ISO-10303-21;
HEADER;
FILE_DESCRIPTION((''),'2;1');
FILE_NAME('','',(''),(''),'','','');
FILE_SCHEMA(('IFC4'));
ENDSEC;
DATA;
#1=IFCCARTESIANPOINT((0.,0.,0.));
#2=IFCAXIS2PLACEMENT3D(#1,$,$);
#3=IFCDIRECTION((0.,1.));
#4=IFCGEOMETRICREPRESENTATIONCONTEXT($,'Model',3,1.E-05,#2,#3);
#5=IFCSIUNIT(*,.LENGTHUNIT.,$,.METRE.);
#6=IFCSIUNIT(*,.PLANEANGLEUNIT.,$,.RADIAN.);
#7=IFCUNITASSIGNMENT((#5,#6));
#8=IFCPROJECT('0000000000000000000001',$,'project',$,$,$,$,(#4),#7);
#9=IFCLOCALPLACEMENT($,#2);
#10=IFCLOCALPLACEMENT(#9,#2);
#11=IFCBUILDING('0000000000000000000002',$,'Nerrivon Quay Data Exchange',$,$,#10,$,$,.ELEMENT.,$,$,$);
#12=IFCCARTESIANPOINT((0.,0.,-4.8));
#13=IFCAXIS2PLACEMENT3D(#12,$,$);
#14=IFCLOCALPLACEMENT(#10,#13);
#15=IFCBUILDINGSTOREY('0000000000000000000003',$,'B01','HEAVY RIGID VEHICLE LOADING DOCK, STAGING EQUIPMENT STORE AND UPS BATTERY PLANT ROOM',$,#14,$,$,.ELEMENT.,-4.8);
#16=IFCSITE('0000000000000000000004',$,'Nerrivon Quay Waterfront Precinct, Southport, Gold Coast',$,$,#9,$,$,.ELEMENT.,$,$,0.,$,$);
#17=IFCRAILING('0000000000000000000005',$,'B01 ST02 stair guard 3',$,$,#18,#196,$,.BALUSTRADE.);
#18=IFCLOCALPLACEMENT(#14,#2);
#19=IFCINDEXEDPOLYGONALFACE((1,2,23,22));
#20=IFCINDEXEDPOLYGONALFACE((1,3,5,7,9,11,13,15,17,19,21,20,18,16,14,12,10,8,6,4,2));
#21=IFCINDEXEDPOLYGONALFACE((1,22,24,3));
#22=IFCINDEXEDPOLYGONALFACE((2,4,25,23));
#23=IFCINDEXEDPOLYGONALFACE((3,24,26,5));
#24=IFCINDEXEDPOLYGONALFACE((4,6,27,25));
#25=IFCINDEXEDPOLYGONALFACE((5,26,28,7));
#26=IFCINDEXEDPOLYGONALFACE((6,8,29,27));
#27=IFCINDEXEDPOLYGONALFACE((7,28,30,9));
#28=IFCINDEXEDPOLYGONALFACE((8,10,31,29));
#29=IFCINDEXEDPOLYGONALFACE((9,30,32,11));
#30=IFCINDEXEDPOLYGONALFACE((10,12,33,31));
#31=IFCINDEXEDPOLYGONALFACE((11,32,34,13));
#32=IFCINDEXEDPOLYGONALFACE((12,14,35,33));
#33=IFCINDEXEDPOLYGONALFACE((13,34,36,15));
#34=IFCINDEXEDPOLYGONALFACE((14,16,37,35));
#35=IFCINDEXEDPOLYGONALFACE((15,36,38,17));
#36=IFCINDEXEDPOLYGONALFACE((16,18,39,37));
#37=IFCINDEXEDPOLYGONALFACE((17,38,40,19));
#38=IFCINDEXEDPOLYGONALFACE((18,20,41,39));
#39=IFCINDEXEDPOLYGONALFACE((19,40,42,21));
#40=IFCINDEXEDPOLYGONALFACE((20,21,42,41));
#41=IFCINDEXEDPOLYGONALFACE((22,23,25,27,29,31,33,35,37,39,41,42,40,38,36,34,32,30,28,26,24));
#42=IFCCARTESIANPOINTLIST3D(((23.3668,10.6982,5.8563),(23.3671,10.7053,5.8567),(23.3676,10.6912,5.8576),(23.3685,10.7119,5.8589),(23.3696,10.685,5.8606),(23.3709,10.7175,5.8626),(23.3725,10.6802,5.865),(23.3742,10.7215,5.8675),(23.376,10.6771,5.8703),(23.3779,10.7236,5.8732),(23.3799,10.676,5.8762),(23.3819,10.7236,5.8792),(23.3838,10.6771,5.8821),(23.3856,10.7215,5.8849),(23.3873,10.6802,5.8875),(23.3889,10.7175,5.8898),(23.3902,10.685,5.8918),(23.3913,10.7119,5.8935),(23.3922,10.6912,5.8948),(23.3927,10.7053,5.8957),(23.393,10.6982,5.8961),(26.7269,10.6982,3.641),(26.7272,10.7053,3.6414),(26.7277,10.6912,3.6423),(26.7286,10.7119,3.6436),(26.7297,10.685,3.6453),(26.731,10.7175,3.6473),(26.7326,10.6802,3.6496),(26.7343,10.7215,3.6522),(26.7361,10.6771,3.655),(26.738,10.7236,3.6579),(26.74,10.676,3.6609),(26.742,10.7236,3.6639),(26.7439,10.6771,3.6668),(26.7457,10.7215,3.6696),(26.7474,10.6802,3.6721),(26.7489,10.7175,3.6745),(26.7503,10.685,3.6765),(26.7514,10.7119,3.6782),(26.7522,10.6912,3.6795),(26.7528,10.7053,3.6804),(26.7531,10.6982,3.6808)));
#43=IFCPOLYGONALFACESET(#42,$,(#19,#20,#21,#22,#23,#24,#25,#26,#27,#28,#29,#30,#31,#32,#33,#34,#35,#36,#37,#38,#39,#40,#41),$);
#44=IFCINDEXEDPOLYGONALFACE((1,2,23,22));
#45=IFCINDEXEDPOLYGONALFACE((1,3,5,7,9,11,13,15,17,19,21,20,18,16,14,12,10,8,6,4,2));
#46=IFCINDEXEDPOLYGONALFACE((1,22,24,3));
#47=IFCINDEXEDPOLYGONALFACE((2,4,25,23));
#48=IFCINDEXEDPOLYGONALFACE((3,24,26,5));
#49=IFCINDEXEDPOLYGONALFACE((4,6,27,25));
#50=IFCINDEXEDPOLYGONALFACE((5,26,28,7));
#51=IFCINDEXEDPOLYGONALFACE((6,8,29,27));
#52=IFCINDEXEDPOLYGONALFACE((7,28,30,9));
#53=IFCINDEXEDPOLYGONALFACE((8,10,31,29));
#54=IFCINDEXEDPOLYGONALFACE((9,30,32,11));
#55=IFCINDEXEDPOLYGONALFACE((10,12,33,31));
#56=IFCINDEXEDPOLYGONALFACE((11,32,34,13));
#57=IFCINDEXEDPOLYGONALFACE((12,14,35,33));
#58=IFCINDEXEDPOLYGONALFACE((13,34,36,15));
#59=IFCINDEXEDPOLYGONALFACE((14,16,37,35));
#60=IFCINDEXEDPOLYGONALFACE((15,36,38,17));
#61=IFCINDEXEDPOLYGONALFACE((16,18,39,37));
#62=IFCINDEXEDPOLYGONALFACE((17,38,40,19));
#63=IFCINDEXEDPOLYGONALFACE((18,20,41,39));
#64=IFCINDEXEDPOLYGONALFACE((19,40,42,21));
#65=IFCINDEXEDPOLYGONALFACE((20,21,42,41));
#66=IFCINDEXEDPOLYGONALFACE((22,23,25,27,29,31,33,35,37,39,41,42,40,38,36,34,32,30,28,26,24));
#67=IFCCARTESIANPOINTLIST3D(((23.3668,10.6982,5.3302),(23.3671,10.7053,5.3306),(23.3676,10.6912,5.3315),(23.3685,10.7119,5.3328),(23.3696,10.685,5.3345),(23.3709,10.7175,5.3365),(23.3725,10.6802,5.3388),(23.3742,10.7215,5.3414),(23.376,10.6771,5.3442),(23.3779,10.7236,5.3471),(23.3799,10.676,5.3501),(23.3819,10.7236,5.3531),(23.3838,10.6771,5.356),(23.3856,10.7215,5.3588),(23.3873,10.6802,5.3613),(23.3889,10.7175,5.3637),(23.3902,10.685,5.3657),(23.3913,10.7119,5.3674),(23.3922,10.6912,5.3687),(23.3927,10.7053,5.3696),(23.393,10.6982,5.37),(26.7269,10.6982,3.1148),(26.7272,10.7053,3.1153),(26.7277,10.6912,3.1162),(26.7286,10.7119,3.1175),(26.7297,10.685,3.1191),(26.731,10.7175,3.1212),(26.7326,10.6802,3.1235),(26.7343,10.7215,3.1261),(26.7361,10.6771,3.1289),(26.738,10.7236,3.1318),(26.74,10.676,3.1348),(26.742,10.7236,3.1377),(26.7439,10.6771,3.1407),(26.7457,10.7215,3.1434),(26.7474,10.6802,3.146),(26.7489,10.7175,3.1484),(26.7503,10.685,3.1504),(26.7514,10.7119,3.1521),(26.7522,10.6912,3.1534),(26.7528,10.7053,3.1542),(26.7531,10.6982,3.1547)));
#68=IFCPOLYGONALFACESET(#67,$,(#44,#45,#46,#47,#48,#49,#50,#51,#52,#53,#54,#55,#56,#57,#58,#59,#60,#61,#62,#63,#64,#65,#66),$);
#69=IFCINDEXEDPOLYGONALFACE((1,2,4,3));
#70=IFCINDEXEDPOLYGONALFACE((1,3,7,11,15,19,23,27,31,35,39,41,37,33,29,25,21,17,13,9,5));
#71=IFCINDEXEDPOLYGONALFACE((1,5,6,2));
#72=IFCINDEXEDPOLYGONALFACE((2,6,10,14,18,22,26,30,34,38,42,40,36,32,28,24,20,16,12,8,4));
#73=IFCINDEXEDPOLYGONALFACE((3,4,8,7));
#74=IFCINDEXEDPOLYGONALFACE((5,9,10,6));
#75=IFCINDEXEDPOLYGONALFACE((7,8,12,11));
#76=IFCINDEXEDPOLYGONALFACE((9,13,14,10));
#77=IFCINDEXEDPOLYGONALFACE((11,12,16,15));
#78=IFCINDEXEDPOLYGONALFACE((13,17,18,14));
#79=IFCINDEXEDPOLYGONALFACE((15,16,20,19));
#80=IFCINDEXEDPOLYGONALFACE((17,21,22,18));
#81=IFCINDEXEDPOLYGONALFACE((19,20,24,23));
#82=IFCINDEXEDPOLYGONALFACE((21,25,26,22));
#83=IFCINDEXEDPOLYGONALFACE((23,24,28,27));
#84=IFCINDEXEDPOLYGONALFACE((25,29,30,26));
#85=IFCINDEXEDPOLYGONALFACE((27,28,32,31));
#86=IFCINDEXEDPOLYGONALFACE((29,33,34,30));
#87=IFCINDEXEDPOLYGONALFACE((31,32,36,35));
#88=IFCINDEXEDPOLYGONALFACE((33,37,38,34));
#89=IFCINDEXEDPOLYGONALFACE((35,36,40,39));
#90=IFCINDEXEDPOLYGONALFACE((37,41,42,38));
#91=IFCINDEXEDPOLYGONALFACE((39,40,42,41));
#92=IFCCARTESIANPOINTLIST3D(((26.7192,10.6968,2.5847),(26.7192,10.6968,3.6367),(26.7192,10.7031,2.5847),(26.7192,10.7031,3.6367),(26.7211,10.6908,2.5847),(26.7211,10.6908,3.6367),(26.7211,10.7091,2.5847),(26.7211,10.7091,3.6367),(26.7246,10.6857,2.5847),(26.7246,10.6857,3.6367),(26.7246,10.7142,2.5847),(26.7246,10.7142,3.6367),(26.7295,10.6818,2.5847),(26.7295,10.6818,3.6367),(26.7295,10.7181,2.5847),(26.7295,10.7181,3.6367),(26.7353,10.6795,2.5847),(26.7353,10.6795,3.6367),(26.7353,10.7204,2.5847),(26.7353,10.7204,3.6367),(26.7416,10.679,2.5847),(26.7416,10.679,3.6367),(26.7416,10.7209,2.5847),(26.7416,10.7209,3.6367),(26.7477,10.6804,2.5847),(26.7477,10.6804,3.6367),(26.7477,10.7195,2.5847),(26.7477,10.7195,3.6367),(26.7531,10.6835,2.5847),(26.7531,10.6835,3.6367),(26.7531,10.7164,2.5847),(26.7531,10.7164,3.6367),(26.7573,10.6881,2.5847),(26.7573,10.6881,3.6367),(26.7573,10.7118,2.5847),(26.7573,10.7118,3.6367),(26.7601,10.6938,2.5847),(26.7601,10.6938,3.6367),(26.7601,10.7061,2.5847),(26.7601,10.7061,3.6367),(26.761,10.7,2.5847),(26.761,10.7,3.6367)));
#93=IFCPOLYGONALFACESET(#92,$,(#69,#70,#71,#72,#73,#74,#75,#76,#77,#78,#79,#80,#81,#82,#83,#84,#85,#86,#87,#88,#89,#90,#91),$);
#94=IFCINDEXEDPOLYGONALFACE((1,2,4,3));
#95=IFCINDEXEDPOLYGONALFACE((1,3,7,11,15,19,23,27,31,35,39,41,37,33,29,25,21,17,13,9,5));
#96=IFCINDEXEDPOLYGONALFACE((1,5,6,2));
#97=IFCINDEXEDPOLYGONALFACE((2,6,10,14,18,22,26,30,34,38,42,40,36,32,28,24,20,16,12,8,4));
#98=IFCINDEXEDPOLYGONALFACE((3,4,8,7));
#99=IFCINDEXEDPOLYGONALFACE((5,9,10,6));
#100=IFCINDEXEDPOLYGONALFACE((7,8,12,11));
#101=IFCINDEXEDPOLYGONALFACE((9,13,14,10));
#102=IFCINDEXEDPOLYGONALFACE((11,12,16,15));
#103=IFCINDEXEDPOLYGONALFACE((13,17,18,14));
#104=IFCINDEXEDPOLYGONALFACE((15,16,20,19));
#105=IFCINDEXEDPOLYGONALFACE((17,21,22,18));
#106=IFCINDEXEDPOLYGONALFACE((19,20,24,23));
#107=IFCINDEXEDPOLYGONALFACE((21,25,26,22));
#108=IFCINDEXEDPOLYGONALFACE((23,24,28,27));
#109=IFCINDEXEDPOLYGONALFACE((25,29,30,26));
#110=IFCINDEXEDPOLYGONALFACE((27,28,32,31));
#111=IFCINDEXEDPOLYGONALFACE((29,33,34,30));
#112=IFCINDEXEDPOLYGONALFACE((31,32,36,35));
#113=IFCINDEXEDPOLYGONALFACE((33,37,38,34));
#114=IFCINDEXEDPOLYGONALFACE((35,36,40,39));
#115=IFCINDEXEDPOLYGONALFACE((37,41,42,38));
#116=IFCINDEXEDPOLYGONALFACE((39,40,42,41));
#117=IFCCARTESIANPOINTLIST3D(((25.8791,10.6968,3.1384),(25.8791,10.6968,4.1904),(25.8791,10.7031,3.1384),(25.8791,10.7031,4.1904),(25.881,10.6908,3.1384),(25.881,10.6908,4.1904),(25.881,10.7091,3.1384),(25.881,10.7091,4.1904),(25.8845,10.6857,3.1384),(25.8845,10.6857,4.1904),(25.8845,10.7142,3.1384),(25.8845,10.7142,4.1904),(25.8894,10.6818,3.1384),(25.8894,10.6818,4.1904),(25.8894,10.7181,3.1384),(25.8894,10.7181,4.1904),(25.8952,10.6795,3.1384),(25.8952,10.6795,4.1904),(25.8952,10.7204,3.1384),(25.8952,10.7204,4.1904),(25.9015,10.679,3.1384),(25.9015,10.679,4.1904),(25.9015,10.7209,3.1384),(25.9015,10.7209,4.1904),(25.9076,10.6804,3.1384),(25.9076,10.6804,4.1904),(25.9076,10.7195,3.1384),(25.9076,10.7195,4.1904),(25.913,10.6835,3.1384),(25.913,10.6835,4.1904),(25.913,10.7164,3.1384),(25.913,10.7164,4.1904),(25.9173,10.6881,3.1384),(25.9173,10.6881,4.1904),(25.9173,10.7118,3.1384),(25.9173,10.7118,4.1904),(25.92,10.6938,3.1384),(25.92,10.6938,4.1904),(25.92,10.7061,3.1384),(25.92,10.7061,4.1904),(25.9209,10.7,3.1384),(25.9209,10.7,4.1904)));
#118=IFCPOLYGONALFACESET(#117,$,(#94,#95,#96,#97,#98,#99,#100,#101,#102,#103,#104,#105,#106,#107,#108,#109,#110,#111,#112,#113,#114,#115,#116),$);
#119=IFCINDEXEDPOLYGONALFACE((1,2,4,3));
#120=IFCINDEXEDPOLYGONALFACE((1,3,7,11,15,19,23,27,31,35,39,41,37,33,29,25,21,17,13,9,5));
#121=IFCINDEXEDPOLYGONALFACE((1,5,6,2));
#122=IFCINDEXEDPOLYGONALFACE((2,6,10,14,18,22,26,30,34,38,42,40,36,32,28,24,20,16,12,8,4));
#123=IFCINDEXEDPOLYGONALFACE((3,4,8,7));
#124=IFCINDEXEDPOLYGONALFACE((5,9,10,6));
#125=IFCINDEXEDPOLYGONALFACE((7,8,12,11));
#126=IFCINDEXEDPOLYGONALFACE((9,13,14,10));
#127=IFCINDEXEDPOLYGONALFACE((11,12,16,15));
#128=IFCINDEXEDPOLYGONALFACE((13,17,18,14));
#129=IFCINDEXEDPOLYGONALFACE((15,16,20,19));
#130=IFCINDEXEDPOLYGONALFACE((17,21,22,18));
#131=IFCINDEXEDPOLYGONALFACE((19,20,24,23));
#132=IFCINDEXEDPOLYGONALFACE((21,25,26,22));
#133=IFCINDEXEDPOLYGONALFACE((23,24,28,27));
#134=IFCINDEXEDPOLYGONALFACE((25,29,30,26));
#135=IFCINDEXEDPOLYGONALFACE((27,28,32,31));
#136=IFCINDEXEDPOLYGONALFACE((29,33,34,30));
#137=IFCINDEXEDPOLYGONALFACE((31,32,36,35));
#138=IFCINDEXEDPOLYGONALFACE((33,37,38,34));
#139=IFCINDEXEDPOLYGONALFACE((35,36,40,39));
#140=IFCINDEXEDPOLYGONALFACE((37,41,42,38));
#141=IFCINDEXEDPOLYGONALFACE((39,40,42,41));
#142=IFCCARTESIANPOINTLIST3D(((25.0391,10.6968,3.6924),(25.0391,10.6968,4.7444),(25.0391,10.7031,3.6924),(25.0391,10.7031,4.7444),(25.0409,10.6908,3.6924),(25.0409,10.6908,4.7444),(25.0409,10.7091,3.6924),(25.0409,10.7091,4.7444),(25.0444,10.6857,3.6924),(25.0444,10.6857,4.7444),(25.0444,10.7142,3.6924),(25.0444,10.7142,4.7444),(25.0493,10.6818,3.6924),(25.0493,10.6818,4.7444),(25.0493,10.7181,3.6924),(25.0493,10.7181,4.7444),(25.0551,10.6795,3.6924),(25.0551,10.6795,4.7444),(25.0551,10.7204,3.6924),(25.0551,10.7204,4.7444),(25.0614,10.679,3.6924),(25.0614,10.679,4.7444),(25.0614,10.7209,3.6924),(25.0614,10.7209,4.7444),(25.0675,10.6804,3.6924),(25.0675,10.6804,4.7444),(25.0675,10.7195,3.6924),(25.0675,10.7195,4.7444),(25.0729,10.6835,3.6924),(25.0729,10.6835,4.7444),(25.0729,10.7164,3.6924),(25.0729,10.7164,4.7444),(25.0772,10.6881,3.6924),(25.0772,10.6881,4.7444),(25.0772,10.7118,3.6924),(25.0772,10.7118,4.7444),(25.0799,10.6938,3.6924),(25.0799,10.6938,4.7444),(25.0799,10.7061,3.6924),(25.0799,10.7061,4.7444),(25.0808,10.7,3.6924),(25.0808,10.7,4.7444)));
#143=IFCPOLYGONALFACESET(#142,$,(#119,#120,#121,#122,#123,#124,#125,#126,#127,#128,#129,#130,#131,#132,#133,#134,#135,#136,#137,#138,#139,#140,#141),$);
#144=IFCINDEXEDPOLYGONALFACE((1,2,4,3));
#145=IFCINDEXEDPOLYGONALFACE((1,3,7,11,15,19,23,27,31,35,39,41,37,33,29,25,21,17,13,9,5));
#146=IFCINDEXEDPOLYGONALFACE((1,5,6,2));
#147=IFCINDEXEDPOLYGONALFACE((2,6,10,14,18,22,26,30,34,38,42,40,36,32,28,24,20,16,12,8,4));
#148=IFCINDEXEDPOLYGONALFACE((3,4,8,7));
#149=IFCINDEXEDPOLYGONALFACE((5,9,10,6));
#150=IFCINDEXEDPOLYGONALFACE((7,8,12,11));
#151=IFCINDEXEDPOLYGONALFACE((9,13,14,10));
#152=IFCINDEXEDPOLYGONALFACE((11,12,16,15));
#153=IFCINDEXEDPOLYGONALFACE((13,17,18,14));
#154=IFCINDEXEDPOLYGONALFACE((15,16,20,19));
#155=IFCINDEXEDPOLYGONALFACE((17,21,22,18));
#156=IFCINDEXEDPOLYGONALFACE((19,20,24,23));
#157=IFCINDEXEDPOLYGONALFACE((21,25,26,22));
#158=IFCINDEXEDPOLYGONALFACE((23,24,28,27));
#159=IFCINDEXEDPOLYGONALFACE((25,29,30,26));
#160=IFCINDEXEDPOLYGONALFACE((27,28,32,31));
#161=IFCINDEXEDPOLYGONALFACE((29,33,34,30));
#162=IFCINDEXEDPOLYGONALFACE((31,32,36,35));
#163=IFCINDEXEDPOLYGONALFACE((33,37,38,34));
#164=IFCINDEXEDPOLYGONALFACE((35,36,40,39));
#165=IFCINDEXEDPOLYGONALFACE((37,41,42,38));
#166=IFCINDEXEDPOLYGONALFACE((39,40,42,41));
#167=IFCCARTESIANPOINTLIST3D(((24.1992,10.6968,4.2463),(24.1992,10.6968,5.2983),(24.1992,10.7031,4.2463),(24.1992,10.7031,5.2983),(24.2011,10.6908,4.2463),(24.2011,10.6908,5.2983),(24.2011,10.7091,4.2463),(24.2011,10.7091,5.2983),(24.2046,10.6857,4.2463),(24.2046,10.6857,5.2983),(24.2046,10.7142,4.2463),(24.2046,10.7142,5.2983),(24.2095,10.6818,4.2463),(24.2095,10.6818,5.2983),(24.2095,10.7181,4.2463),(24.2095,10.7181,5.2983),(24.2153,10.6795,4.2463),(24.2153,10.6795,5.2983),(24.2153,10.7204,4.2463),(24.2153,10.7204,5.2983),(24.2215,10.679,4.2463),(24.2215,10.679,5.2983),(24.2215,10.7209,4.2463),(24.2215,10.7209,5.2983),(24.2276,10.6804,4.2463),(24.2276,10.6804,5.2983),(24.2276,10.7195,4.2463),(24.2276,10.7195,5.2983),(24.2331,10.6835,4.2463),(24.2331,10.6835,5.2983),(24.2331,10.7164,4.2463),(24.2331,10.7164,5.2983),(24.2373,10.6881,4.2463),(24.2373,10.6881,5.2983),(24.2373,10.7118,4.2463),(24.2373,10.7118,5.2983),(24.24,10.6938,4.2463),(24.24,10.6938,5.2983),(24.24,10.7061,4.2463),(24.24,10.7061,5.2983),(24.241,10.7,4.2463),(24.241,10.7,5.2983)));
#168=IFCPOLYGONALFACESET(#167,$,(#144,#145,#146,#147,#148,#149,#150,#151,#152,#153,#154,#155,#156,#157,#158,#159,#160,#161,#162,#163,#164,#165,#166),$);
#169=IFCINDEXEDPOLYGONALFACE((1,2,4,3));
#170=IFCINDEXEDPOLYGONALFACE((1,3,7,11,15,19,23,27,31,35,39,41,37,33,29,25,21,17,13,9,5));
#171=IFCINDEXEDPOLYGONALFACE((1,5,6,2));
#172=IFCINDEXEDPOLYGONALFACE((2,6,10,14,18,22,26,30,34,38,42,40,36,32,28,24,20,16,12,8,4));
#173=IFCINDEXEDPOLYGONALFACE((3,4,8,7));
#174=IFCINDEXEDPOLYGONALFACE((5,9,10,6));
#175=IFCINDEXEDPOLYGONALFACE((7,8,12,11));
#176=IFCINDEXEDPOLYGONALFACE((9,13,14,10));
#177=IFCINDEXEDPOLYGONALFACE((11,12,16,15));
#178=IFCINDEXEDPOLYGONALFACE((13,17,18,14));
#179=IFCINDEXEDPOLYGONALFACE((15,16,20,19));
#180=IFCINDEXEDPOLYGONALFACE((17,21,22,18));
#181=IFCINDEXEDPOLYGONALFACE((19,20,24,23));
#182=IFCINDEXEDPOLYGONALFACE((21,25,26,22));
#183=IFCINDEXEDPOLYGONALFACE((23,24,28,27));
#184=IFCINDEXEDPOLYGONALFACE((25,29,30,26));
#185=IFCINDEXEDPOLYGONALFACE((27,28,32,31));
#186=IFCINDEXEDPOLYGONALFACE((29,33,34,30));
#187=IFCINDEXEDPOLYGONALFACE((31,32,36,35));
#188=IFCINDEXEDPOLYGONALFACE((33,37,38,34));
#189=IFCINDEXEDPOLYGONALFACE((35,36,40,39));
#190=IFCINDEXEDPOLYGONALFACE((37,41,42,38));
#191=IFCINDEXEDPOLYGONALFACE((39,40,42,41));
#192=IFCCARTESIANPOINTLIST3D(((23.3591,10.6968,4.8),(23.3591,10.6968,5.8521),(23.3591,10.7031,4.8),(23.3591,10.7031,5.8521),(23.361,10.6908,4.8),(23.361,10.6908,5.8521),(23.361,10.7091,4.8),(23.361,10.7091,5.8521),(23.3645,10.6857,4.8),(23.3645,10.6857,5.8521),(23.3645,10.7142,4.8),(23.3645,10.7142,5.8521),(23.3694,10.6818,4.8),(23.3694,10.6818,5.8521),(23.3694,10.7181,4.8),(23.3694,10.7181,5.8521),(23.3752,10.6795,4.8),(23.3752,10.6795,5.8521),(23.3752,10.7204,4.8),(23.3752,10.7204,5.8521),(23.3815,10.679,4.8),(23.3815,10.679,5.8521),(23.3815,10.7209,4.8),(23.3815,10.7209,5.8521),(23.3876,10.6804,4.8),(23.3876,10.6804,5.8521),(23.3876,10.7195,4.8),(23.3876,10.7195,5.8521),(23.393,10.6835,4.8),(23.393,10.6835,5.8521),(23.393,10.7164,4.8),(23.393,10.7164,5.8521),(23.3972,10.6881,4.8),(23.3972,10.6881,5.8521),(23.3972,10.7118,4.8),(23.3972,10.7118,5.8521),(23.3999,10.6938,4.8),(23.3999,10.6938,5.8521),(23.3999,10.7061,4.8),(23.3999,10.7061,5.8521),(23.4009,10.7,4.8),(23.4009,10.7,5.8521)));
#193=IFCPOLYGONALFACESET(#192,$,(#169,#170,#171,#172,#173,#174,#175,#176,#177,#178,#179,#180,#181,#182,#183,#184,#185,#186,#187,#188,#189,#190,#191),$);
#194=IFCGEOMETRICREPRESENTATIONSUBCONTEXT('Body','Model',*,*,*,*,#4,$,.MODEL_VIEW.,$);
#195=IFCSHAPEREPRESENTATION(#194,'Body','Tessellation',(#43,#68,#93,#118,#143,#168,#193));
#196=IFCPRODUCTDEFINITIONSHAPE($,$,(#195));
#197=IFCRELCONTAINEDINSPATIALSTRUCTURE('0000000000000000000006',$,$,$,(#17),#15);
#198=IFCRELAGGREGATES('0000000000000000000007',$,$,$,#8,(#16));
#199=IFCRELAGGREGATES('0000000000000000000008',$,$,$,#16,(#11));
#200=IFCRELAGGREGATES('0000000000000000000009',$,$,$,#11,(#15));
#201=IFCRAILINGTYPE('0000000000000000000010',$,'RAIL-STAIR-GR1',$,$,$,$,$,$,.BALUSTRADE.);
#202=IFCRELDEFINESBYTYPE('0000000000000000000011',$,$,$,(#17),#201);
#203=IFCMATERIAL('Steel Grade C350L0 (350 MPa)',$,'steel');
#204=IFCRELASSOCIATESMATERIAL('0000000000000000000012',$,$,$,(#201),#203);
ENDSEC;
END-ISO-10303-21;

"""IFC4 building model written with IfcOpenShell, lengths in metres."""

from ifc_helpers import new_model, si_unit, direction, frame, origin, origin_2d, place, context, subcontext, project, spatial, circle, extrude, material, type_object, element, save


model = new_model("IFC4")

# Units and contexts
model_context = context("Model", 3, precision=1e-05, world=origin(), true_north=direction((0.0, 1.0)))
body_context = subcontext(model_context, "Body", "Model", "MODEL_VIEW")
ifc_project = project(units=[si_unit("LENGTHUNIT", "METRE"), si_unit("PLANEANGLEUNIT", "RADIAN")], contexts=[model_context])

# Site, building, storey
site_placement = place(None, origin())
site = spatial("IfcSite", under=ifc_project, at=site_placement, Name="Nerrivon Quay Waterfront Precinct, Southport, Gold Coast", CompositionType="ELEMENT", RefElevation=0.0)
building_placement = place(site_placement, origin())
building = spatial("IfcBuilding", under=site, at=building_placement, Name="Nerrivon Quay Data Exchange", CompositionType="ELEMENT")
storey_placement = place(building_placement, frame((0.0, 0.0, -4.8)))
storey = spatial("IfcBuildingStorey", under=building, at=storey_placement, Name="B01", Description="HEAVY RIGID VEHICLE LOADING DOCK, STAGING EQUIPMENT STORE AND UPS BATTERY PLANT ROOM", CompositionType="ELEMENT", Elevation=-4.8)

# Railing
ifc_material_1 = material(Name="Steel Grade C350L0 (350 MPa)", Category="steel")
railing_type_1 = type_object("IfcRailingType", Name="RAIL-STAIR-GR1", PredefinedType="BALUSTRADE", material=ifc_material_1)
railing_1_placement = place(storey_placement, frame((26.74, 10.7, 2.5847)))
element("IfcRailing", 1, at=railing_1_placement, inside=storey, type_object=railing_type_1, Name="B01 ST02 stair guard 3", PredefinedType="BALUSTRADE", context=body_context, shape_type="SweptSolid", body=[
    extrude(circle(Radius=0.0239, at=origin_2d()), frame((0.0, 0.0, 1.0762), z_axis=(-0.834876, 0.0, 0.550437), x_axis=(0.0, -1.0, 0.0)), (0.0, 0.0, 1.0), 4.0247),
    extrude(circle(Radius=0.0239, at=origin_2d()), frame((0.0, 0.0, 0.55), z_axis=(-0.834876, 0.0, 0.550437), x_axis=(0.0, -1.0, 0.0)), (0.0, 0.0, 1.0), 4.0247),
    extrude(circle(Radius=0.021, at=origin_2d()), origin(), (0.0, 0.0, 1.0), 1.052),
    extrude(circle(Radius=0.021, at=origin_2d()), frame((-0.8401, 0.0, 0.5537)), (0.0, 0.0, 1.0), 1.052),
    extrude(circle(Radius=0.021, at=origin_2d()), frame((-1.6802, 0.0, 1.1077)), (0.0, 0.0, 1.0), 1.052),
    extrude(circle(Radius=0.021, at=origin_2d()), frame((-2.52, 0.0, 1.6616)), (0.0, 0.0, 1.0), 1.052),
    extrude(circle(Radius=0.021, at=origin_2d()), frame((-3.3601, 0.0, 2.2153)), (0.0, 0.0, 1.0), 1.052),
])

save(model, "model.ifc")
